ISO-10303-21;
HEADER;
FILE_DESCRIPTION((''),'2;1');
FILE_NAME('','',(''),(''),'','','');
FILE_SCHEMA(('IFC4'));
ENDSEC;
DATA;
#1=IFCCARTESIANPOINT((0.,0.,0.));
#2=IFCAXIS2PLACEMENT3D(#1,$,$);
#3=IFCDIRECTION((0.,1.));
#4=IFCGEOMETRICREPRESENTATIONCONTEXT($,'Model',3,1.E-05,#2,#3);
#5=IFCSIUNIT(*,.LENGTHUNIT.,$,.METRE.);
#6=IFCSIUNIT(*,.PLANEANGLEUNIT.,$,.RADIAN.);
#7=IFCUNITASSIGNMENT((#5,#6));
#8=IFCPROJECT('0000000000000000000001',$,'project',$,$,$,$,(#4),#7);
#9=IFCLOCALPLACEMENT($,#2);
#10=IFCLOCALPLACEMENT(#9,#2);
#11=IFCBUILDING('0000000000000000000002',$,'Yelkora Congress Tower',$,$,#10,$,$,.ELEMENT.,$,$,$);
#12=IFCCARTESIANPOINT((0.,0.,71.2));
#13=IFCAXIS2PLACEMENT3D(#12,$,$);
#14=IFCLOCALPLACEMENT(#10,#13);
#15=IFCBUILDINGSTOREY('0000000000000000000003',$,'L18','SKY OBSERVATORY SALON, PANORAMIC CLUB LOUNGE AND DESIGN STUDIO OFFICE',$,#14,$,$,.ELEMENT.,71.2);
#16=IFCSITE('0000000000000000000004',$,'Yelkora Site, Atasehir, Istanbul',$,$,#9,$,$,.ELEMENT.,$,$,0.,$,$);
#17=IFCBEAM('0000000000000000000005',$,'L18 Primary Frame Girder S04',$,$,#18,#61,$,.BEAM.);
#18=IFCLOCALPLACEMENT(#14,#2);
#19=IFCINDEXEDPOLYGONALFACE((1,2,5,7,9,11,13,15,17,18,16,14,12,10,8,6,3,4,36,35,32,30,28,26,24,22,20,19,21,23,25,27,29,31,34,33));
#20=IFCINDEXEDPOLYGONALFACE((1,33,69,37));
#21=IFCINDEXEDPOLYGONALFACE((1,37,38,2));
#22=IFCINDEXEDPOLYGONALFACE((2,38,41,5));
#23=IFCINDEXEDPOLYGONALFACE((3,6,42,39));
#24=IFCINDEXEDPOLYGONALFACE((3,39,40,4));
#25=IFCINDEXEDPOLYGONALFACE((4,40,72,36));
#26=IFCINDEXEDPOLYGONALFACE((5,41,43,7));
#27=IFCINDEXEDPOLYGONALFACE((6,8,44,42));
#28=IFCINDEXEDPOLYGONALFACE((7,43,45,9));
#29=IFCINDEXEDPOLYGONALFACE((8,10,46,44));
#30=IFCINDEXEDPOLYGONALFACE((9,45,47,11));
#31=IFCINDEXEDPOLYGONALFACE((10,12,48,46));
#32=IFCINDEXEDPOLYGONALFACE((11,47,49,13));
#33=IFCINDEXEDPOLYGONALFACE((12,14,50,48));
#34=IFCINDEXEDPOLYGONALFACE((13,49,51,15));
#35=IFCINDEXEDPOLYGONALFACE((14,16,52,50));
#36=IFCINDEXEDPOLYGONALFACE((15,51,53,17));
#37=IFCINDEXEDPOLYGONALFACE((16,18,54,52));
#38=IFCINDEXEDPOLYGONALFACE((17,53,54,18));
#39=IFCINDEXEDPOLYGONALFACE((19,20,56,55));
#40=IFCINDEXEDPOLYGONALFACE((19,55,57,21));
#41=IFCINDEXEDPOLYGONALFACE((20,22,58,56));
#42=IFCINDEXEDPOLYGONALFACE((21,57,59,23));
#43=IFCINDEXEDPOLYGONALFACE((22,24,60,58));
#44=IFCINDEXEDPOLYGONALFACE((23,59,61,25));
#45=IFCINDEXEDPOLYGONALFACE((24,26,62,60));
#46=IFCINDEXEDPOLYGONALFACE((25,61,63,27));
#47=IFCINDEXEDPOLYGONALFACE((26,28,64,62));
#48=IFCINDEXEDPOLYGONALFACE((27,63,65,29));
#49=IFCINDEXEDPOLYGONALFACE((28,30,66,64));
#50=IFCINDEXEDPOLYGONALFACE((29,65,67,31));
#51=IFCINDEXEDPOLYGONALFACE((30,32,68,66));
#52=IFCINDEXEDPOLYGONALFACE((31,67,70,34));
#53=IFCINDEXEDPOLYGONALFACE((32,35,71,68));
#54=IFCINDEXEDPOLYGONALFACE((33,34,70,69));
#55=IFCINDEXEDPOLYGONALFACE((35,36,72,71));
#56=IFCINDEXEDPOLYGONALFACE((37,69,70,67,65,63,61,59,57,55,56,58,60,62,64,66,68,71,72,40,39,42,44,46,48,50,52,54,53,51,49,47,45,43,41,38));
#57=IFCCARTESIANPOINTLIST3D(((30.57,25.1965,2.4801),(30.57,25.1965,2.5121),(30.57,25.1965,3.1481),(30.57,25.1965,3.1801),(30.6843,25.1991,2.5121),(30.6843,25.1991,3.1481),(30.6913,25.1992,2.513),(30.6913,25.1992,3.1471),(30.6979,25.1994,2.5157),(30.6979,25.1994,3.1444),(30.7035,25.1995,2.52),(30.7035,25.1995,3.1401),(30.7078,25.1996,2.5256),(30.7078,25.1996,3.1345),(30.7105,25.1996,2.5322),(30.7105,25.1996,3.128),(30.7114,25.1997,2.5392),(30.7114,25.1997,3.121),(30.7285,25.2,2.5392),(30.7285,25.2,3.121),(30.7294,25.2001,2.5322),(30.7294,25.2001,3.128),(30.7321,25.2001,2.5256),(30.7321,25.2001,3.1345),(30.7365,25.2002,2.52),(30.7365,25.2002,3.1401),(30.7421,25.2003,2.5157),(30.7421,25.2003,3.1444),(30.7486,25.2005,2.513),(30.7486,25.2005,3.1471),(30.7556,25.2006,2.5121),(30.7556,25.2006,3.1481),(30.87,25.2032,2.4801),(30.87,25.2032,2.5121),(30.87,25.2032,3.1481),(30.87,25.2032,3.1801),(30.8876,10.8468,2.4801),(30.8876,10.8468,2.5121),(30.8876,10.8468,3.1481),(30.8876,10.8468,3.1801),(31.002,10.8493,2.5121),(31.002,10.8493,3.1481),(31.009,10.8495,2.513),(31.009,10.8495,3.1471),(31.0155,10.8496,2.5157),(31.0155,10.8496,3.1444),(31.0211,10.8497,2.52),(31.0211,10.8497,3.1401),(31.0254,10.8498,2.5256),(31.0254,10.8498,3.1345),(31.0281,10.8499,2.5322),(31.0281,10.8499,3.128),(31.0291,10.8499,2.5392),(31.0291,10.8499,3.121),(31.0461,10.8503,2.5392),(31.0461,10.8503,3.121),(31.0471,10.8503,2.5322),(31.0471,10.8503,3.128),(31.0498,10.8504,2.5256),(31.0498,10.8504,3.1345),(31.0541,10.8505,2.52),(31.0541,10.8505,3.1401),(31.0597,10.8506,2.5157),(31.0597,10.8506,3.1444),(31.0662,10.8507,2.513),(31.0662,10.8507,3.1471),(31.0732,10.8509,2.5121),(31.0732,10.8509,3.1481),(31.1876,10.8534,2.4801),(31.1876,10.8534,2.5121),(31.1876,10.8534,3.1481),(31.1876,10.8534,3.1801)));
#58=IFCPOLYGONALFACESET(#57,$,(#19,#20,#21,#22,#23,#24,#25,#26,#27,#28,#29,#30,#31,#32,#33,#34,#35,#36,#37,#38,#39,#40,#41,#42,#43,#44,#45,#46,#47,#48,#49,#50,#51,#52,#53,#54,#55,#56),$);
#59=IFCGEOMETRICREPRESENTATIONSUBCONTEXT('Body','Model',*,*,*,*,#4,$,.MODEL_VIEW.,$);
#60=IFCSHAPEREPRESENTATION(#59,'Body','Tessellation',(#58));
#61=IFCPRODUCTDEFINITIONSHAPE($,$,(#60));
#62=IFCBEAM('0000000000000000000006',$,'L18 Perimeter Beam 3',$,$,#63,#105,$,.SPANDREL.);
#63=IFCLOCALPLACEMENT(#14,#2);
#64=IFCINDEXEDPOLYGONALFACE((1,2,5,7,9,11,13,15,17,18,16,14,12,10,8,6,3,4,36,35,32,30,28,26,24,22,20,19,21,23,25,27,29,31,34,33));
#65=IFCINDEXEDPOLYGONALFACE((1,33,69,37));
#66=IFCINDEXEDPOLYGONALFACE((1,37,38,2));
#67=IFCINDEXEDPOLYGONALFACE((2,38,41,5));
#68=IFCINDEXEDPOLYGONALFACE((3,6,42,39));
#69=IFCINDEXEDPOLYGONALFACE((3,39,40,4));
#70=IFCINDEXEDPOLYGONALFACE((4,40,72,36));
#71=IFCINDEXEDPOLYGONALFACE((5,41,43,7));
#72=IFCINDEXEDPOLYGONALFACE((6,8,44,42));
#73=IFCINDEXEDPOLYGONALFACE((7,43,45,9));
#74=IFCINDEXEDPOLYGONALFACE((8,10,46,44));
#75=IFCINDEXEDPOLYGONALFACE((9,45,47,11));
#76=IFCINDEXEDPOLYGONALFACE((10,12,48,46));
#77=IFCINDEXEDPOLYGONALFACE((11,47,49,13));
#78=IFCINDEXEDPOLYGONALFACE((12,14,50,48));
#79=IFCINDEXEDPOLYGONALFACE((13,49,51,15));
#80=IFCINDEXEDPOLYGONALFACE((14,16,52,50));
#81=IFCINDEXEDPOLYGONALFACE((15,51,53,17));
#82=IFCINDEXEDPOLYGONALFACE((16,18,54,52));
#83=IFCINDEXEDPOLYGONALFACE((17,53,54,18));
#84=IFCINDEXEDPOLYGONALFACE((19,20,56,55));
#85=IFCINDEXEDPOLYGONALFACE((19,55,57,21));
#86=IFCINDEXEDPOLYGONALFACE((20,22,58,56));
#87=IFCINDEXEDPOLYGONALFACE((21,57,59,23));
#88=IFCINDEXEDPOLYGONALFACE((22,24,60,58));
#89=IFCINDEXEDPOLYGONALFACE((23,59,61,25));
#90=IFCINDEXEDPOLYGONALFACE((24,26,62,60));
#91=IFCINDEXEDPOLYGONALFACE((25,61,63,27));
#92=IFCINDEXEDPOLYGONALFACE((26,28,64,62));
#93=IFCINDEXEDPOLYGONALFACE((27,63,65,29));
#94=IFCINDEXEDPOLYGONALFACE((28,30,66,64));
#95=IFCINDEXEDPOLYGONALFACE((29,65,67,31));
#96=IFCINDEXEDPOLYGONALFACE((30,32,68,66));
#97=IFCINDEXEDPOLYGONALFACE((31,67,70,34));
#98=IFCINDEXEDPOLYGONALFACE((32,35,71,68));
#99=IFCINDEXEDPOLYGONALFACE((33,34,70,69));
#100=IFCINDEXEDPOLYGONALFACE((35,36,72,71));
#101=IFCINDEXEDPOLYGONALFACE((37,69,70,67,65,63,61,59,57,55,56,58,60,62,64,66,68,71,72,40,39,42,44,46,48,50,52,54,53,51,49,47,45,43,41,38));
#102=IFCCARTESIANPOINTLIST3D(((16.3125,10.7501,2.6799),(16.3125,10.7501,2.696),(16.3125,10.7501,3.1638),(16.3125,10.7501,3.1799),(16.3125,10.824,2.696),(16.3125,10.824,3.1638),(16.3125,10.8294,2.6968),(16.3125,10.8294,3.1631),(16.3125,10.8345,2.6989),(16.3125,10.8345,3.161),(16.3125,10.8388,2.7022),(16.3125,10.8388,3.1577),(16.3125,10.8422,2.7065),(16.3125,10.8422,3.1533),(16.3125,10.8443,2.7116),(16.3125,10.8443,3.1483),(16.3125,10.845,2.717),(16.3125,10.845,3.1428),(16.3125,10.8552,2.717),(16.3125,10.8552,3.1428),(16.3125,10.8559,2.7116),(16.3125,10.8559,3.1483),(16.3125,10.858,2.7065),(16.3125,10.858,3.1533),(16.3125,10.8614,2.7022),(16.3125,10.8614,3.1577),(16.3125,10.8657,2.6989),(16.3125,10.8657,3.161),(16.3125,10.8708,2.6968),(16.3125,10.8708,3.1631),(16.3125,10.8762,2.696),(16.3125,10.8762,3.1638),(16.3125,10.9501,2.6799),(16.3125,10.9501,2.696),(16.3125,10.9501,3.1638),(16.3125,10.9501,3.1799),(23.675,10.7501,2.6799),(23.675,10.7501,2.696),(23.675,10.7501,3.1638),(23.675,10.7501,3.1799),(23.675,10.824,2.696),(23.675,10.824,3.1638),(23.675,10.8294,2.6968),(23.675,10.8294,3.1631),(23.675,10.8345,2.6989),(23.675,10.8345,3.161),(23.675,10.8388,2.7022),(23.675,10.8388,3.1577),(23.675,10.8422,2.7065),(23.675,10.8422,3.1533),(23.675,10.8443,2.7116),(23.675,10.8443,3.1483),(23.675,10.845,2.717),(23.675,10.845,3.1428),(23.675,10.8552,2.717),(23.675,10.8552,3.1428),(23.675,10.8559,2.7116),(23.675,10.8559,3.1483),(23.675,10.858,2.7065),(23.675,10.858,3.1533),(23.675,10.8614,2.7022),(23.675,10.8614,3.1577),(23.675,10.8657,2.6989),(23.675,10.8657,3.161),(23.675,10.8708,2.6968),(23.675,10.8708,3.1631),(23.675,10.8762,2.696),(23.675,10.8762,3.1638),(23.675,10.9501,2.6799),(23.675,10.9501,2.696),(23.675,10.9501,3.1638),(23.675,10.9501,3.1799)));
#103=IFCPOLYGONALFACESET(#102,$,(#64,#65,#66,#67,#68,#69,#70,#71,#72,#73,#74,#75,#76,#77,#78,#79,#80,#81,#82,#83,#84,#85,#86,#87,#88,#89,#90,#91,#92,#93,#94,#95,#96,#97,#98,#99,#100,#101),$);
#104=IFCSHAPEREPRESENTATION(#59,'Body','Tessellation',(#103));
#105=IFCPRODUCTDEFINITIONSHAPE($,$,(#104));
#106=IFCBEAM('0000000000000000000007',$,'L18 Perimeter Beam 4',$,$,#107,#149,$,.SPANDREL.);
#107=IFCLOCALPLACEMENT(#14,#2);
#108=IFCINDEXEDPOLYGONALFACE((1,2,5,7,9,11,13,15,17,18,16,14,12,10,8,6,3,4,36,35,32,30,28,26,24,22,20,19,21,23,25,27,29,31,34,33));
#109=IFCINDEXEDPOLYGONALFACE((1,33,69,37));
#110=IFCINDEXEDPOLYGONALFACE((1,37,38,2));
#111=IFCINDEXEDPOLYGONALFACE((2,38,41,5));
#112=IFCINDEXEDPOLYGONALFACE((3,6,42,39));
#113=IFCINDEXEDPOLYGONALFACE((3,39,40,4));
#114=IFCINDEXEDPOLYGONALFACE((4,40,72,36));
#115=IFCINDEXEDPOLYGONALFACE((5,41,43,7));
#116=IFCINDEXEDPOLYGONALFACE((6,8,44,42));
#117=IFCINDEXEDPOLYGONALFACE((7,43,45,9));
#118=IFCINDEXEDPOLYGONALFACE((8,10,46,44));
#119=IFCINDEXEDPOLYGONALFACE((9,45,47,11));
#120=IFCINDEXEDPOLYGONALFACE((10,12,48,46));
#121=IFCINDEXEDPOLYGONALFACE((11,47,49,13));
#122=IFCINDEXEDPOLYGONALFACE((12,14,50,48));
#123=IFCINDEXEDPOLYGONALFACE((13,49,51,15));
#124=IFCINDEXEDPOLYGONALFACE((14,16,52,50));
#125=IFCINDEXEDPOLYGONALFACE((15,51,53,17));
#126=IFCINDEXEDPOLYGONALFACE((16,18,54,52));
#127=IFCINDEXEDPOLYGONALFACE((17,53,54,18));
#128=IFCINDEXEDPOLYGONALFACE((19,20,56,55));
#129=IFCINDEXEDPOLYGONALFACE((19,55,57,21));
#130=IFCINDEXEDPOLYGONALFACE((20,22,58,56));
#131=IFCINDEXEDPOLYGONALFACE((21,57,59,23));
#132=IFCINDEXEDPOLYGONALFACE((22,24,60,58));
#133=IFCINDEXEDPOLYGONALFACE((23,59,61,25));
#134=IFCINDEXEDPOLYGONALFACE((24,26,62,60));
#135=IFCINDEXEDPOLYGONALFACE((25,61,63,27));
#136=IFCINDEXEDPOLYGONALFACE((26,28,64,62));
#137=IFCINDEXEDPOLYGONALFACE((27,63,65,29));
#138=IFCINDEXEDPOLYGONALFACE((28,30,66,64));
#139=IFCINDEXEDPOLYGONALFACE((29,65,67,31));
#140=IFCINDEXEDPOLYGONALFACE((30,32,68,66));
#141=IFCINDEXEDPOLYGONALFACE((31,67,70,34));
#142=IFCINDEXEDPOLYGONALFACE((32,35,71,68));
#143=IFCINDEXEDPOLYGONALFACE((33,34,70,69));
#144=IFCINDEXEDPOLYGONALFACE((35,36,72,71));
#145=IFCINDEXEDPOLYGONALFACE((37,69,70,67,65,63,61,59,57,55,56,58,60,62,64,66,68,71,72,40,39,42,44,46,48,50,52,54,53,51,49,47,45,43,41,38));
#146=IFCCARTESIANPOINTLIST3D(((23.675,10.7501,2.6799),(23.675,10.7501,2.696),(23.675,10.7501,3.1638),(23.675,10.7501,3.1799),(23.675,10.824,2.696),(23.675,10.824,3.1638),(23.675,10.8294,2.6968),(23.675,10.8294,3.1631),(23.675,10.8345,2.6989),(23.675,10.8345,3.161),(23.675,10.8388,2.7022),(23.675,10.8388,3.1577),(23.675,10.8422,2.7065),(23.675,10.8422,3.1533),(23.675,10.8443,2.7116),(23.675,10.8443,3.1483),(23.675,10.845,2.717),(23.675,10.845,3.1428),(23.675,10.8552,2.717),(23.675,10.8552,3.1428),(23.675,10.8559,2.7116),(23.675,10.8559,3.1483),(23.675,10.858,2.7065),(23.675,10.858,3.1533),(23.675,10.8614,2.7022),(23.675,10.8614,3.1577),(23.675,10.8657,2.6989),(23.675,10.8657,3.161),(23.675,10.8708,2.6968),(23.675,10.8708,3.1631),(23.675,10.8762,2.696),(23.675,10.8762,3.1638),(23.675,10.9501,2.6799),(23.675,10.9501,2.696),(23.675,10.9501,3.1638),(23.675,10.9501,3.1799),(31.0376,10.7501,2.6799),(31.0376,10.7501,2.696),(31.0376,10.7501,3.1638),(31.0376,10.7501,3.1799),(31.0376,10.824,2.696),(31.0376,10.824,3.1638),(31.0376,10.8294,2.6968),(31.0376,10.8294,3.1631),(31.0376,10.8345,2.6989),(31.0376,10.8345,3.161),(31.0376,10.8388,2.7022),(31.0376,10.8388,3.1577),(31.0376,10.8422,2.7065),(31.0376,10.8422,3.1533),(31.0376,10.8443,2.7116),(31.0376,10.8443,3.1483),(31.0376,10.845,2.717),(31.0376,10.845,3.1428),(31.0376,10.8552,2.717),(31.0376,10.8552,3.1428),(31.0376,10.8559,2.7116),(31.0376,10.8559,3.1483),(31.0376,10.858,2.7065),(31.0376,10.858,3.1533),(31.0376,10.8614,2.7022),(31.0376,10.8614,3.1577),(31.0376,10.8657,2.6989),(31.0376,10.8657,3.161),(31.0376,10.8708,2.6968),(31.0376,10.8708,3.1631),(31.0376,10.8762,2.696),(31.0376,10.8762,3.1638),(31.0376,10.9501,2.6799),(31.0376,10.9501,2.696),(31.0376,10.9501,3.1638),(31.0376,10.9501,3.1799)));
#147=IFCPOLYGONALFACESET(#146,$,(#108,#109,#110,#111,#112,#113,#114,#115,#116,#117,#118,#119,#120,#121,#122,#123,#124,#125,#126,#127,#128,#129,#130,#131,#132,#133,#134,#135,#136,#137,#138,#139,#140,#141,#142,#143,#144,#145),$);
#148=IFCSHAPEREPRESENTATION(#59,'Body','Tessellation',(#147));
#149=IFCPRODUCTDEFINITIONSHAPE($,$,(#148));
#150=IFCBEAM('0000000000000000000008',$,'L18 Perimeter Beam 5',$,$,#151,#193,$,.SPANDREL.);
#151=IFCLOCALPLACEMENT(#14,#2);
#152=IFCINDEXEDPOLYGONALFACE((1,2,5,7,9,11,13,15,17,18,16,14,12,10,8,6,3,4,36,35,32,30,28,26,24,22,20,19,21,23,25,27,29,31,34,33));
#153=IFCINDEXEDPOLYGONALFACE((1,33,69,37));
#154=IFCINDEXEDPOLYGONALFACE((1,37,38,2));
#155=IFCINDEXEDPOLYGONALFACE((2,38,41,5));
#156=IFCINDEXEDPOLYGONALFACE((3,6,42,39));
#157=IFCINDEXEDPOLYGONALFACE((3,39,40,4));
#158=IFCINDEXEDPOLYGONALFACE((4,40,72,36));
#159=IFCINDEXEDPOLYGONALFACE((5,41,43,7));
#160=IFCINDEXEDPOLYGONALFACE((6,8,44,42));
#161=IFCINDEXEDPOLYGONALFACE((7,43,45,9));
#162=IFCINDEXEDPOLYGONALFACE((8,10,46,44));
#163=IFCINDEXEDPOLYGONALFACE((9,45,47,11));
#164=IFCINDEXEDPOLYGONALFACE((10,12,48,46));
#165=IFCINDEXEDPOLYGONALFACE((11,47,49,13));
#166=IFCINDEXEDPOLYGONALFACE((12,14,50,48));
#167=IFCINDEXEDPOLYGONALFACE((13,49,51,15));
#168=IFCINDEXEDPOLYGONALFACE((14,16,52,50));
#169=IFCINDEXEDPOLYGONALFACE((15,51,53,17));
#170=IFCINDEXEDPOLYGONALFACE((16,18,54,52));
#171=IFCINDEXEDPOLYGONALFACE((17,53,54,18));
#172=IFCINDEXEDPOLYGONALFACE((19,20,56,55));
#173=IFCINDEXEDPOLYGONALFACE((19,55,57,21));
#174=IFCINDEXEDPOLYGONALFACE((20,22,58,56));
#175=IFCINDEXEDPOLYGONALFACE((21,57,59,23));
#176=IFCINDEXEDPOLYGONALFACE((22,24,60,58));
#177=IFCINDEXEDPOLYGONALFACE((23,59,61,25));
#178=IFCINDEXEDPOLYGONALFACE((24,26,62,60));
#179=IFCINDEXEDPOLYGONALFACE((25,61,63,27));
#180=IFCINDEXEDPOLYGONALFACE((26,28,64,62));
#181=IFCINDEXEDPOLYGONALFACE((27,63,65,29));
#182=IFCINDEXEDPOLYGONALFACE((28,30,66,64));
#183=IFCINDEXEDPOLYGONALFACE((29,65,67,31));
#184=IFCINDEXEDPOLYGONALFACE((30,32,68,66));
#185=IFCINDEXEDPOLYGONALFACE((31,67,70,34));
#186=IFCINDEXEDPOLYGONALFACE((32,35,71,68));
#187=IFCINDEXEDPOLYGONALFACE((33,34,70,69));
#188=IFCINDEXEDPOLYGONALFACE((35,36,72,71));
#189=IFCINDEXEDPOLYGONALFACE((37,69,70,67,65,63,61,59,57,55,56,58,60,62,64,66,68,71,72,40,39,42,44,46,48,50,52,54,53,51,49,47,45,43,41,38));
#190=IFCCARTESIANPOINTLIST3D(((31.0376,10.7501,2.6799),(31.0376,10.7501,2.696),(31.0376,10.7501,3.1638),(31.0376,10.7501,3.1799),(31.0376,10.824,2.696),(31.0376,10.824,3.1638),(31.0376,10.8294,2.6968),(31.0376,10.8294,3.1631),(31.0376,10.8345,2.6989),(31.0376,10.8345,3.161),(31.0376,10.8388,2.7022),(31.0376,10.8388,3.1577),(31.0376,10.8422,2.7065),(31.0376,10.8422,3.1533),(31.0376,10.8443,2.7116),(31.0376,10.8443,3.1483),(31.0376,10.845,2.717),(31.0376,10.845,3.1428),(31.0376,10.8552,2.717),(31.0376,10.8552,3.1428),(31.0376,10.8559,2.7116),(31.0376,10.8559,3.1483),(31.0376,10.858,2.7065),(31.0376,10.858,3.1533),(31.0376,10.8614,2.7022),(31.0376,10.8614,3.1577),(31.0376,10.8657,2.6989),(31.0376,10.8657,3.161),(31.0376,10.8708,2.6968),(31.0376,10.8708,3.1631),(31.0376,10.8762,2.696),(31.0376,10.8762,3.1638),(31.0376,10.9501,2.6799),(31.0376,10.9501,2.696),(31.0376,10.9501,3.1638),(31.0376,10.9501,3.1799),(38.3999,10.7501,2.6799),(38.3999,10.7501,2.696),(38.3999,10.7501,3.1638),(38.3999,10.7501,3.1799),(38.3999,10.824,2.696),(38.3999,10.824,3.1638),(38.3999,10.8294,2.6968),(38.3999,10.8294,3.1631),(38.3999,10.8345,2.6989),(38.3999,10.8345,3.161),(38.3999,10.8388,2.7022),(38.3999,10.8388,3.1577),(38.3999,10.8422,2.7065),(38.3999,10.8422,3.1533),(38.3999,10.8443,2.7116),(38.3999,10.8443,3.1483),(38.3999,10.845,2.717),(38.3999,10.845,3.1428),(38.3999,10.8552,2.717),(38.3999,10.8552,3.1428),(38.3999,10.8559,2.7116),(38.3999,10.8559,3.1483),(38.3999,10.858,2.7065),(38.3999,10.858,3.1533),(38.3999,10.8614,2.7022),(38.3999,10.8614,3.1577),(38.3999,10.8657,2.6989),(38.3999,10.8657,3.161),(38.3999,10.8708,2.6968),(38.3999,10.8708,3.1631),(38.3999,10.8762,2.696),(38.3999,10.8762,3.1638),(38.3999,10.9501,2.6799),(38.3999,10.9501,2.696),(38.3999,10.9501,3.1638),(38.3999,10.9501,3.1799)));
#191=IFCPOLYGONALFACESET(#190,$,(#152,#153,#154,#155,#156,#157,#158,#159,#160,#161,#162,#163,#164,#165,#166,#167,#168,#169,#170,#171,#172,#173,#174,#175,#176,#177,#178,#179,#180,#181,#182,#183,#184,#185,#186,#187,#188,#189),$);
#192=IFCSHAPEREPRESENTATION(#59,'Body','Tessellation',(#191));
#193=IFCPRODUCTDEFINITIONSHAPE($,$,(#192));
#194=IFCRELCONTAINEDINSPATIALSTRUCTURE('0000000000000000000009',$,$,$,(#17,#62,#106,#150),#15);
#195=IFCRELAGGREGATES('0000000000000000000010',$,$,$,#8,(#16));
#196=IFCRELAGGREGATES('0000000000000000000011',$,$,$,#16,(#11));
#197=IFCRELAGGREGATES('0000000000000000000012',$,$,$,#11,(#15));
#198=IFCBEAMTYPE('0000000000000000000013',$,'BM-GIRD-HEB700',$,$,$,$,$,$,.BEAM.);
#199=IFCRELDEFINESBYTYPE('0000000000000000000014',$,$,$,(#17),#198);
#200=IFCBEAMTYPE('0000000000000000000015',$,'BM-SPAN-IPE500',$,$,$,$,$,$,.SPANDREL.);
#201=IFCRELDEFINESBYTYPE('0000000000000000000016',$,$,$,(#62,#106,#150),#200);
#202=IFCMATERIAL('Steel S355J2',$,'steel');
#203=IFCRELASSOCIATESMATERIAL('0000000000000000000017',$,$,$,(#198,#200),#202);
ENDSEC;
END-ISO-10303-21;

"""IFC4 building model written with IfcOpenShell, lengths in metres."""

from ifc_helpers import new_model, si_unit, direction, frame, origin, origin_2d, place, context, subcontext, project, spatial, i_section, extrude, material, material_profile, profile_set, type_object, element, save


model = new_model("IFC4")

# Units and contexts
model_context = context("Model", 3, precision=1e-05, world=origin(), true_north=direction((0.0, 1.0)))
body_context = subcontext(model_context, "Body", "Model", "MODEL_VIEW")
ifc_project = project(units=[si_unit("LENGTHUNIT", "METRE"), si_unit("PLANEANGLEUNIT", "RADIAN")], contexts=[model_context])

# Site, building, storey
site_placement = place(None, origin())
site = spatial("IfcSite", under=ifc_project, at=site_placement, Name="Yelkora Site, Atasehir, Istanbul", CompositionType="ELEMENT", RefElevation=0.0)
building_placement = place(site_placement, origin())
building = spatial("IfcBuilding", under=site, at=building_placement, Name="Yelkora Congress Tower", CompositionType="ELEMENT")
storey_placement = place(building_placement, frame((0.0, 0.0, 71.2)))
storey = spatial("IfcBuildingStorey", under=building, at=storey_placement, Name="L18", Description="SKY OBSERVATORY SALON, PANORAMIC CLUB LOUNGE AND DESIGN STUDIO OFFICE", CompositionType="ELEMENT", Elevation=71.2)

# Beams
ifc_material_1 = material(Name="Steel S355J2", Category="steel")
ifc_material_profile_1 = material_profile(ifc_material_1, i_section(OverallWidth=0.3, OverallDepth=0.7, WebThickness=0.0171, FlangeThickness=0.032, FilletRadius=0.0271, at=origin_2d()), Name="HEB 700")
ifc_profile_set_1 = profile_set([ifc_material_profile_1], Name="Steel S355J2")
beam_type_1 = type_object("IfcBeamType", Name="BM-GIRD-HEB700", PredefinedType="BEAM", material=ifc_profile_set_1)
beam_1_placement = place(storey_placement, frame((31.0376, 10.8501, 2.8301), z_axis=(-0.022129, 0.999755, 0.0), x_axis=(-0.999755, -0.022129, 0.0)))
element("IfcBeam", 1, at=beam_1_placement, inside=storey, type_object=beam_type_1, Name="L18 Primary Frame Girder S04", PredefinedType="BEAM", context=body_context, shape_type="SweptSolid", body=[
    extrude(i_section(OverallWidth=0.3, OverallDepth=0.7, WebThickness=0.0171, FlangeThickness=0.032, FilletRadius=0.0271, at=origin_2d()), origin(), (0.0, 0.0, 1.0), 14.3533),
])
ifc_material_profile_2 = material_profile(ifc_material_1, i_section(OverallWidth=0.2, OverallDepth=0.5, WebThickness=0.0103, FlangeThickness=0.0161, FilletRadius=0.021, at=origin_2d()), Name="IPE 500")
ifc_profile_set_2 = profile_set([ifc_material_profile_2], Name="Steel S355J2")
beam_type_2 = type_object("IfcBeamType", Name="BM-SPAN-IPE500", PredefinedType="SPANDREL", material=ifc_profile_set_2)
for number, where, z_axis, x_axis, name in (
    (2, (16.3125, 10.8501, 2.9299), (1.0, 0.0, 0.0), (0.0, 1.0, 0.0), "L18 Perimeter Beam 3"),
    (3, (23.675, 10.8501, 2.9299), (1.0, 0.0, 0.0), (0.0, 1.0, 0.0), "L18 Perimeter Beam 4"),
):
    element("IfcBeam", number, at=place(storey_placement, frame(where, z_axis=z_axis, x_axis=x_axis)), inside=storey, type_object=beam_type_2, Name=name, PredefinedType="SPANDREL", context=body_context, shape_type="SweptSolid", body=[
        extrude(i_section(OverallWidth=0.2, OverallDepth=0.5, WebThickness=0.0103, FlangeThickness=0.0161, FilletRadius=0.021, at=origin_2d()), origin(), (0.0, 0.0, 1.0), 7.3625),
    ])
beam_2_placement = place(storey_placement, frame((31.0376, 10.8501, 2.9299), z_axis=(1.0, 0.0, 0.0), x_axis=(0.0, 1.0, 0.0)))
element("IfcBeam", 4, at=beam_2_placement, inside=storey, type_object=beam_type_2, Name="L18 Perimeter Beam 5", PredefinedType="SPANDREL", context=body_context, shape_type="SweptSolid", body=[
    extrude(i_section(OverallWidth=0.2, OverallDepth=0.5, WebThickness=0.0103, FlangeThickness=0.0161, FilletRadius=0.021, at=origin_2d()), origin(), (0.0, 0.0, 1.0), 7.3623),
])

save(model, "model.ifc")
